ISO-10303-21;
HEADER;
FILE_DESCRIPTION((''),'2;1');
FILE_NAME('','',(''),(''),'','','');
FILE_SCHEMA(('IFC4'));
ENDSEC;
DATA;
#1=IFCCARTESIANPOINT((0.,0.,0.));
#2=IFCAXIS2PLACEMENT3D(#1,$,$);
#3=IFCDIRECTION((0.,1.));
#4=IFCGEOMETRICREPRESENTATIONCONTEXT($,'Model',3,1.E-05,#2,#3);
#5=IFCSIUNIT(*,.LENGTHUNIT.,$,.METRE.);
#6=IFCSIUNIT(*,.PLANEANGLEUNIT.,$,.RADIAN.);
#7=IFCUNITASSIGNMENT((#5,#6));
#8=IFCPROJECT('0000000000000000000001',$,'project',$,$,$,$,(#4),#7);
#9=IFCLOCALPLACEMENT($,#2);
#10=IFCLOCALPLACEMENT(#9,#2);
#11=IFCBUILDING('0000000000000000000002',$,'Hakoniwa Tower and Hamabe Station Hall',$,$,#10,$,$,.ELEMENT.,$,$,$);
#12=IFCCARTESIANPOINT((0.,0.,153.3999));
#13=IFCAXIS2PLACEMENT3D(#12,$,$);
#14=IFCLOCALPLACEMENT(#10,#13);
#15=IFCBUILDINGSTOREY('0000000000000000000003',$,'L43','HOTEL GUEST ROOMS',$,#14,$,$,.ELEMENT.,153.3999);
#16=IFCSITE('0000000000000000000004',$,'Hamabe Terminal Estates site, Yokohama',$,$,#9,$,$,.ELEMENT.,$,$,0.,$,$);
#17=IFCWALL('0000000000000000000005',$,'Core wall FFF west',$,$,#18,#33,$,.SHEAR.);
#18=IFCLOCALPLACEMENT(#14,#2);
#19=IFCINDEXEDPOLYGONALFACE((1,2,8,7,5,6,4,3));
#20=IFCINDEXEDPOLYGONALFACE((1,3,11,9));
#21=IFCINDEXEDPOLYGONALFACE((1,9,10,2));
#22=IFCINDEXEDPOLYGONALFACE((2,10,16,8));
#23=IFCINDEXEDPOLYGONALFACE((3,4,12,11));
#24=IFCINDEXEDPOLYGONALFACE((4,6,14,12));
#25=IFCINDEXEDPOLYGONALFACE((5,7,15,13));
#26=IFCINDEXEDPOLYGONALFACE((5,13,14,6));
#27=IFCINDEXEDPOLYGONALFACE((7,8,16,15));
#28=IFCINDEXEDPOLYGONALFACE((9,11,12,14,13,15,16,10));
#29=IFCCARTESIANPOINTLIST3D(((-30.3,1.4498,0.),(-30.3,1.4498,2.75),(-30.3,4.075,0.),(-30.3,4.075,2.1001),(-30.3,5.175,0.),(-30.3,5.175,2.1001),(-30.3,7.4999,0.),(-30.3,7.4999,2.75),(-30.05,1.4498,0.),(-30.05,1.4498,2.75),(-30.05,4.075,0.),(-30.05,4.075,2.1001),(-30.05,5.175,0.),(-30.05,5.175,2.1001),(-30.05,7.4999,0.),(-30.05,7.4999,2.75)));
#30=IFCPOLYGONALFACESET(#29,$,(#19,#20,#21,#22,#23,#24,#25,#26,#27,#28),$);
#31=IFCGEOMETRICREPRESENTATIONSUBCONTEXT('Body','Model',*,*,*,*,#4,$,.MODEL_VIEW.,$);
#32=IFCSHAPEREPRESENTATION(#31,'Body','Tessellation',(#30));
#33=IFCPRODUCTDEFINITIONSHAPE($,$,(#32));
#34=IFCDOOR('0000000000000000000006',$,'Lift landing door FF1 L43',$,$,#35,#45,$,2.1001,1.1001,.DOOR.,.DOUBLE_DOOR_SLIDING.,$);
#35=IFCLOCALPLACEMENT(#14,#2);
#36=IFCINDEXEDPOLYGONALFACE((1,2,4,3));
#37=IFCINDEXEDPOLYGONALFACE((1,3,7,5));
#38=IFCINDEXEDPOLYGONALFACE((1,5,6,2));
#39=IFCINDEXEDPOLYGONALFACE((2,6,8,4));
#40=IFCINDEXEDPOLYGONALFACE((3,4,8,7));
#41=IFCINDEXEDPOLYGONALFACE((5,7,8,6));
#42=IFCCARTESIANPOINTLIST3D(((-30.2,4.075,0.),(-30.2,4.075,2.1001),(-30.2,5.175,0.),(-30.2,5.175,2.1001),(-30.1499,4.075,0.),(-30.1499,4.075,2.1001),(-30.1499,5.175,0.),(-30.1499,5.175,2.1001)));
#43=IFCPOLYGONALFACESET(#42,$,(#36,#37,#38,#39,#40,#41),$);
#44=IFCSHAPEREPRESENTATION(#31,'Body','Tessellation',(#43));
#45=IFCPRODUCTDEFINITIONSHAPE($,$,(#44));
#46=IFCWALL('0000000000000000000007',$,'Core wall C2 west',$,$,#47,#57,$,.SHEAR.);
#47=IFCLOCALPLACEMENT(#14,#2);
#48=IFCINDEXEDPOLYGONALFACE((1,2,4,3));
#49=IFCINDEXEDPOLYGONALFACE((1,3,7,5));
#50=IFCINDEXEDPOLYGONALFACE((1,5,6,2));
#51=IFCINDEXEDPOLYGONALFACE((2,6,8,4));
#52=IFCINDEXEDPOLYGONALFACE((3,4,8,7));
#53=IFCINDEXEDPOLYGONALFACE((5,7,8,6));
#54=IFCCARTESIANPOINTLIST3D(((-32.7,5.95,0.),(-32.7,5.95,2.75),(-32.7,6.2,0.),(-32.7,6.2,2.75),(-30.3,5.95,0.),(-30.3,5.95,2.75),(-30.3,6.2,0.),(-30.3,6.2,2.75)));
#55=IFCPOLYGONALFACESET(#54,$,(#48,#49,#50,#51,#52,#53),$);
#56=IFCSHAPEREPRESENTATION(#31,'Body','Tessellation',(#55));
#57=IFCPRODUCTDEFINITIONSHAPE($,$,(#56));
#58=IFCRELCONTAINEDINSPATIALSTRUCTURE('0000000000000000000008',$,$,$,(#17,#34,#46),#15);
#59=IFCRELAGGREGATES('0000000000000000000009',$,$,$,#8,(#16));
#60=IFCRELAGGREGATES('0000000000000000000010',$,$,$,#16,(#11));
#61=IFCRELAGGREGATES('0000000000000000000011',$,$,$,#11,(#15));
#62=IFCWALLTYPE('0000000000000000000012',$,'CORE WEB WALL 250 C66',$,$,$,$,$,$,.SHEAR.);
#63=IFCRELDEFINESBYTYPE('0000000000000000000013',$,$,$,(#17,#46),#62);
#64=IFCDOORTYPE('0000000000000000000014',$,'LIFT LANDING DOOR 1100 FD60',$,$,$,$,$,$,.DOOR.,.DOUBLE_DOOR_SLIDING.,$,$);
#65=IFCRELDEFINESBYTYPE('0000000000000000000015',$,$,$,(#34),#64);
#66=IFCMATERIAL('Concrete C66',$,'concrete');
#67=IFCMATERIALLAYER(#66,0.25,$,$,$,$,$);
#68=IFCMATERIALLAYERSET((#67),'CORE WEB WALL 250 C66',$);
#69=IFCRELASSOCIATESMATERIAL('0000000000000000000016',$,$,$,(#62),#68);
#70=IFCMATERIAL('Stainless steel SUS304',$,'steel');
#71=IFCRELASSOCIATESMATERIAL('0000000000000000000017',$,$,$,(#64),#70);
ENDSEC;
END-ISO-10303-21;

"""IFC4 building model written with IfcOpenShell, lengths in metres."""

from ifc_helpers import new_model, si_unit, direction, frame, frame_2d, origin, place, context, subcontext, project, spatial, rectangle, extrude, material, layer, layer_set, type_object, element, fill, save


model = new_model("IFC4")

# Units and contexts
model_context = context("Model", 3, precision=1e-05, world=origin(), true_north=direction((0.0, 1.0)))
body_context = subcontext(model_context, "Body", "Model", "MODEL_VIEW")
ifc_project = project(units=[si_unit("LENGTHUNIT", "METRE"), si_unit("PLANEANGLEUNIT", "RADIAN")], contexts=[model_context])

# Site, building, storey
site_placement = place(None, origin())
site = spatial("IfcSite", under=ifc_project, at=site_placement, Name="Hamabe Terminal Estates site, Yokohama", CompositionType="ELEMENT", RefElevation=0.0)
building_placement = place(site_placement, origin())
building = spatial("IfcBuilding", under=site, at=building_placement, Name="Hakoniwa Tower and Hamabe Station Hall", CompositionType="ELEMENT")
storey_placement = place(building_placement, frame((0.0, 0.0, 153.3999)))
storey = spatial("IfcBuildingStorey", under=building, at=storey_placement, Name="L43", Description="HOTEL GUEST ROOMS", CompositionType="ELEMENT", Elevation=153.3999)

# Shared definitions
ifc_material_1 = material(Name="Concrete C66", Category="concrete")
ifc_layer_1 = layer(ifc_material_1, 0.25)
ifc_layer_set_1 = layer_set([ifc_layer_1], Name="CORE WEB WALL 250 C66")
wall_type_1 = type_object("IfcWallType", Name="CORE WEB WALL 250 C66", PredefinedType="SHEAR", material=ifc_layer_set_1)

# Wall, opening, door
wall_1_placement = place(storey_placement, frame((-30.175, 1.45, 0.0), z_axis=(0.0, 0.0, 1.0), x_axis=(0.0, 1.0, 0.0)))
wall_1 = element("IfcWall", 1, at=wall_1_placement, inside=storey, type_object=wall_type_1, Name="Core wall FFF west", PredefinedType="SHEAR", context=body_context, shape_type="SweptSolid", body=[
    extrude(rectangle(XDim=6.05, YDim=0.25, at=frame_2d((3.0249, 0.0))), origin(), (0.0, 0.0, 1.0), 2.75),
])
opening_1_placement = place(wall_1_placement, frame((2.625, 0.0, 0.0)))
opening_1 = element("IfcOpeningElement", 2, at=opening_1_placement, cuts=wall_1, PredefinedType="OPENING", context=body_context, shape_type="SweptSolid", body=[
    extrude(rectangle(XDim=1.1001, YDim=2.1001, at=frame_2d((0.55, 1.05))), frame((0.0, 0.135, 0.0), z_axis=(0.0, -1.0, 0.0), x_axis=(1.0, 0.0, 0.0)), (0.0, 0.0, 1.0), 0.27),
])
ifc_material_2 = material(Name="Stainless steel SUS304", Category="steel")
door_type_1 = type_object("IfcDoorType", Name="LIFT LANDING DOOR 1100 FD60", OperationType="DOUBLE_DOOR_SLIDING", PredefinedType="DOOR", material=ifc_material_2)
door_1_placement = place(opening_1_placement, origin())
door_1 = element("IfcDoor", 3, at=door_1_placement, inside=storey, type_object=door_type_1, Name="Lift landing door FF1 L43", OperationType="DOUBLE_DOOR_SLIDING", OverallHeight=2.1001, OverallWidth=1.1001, PredefinedType="DOOR", context=body_context, shape_type="SweptSolid", body=[
    extrude(rectangle(XDim=1.1001, YDim=2.1001, at=frame_2d((0.55, 1.05))), frame((0.0, 0.0249, 0.0), z_axis=(0.0, -1.0, 0.0), x_axis=(1.0, 0.0, 0.0)), (0.0, 0.0, 1.0), 0.05),
])
fill(opening_1, door_1)

# Wall
wall_2_placement = place(storey_placement, frame((-32.7, 6.075, 0.0), z_axis=(0.0, 0.0, 1.0), x_axis=(1.0, 0.0, 0.0)))
element("IfcWall", 4, at=wall_2_placement, inside=storey, type_object=wall_type_1, Name="Core wall C2 west", PredefinedType="SHEAR", context=body_context, shape_type="SweptSolid", body=[
    extrude(rectangle(XDim=2.3999, YDim=0.25, at=frame_2d((1.2, 0.0))), origin(), (0.0, 0.0, 1.0), 2.75),
])

save(model, "model.ifc")
